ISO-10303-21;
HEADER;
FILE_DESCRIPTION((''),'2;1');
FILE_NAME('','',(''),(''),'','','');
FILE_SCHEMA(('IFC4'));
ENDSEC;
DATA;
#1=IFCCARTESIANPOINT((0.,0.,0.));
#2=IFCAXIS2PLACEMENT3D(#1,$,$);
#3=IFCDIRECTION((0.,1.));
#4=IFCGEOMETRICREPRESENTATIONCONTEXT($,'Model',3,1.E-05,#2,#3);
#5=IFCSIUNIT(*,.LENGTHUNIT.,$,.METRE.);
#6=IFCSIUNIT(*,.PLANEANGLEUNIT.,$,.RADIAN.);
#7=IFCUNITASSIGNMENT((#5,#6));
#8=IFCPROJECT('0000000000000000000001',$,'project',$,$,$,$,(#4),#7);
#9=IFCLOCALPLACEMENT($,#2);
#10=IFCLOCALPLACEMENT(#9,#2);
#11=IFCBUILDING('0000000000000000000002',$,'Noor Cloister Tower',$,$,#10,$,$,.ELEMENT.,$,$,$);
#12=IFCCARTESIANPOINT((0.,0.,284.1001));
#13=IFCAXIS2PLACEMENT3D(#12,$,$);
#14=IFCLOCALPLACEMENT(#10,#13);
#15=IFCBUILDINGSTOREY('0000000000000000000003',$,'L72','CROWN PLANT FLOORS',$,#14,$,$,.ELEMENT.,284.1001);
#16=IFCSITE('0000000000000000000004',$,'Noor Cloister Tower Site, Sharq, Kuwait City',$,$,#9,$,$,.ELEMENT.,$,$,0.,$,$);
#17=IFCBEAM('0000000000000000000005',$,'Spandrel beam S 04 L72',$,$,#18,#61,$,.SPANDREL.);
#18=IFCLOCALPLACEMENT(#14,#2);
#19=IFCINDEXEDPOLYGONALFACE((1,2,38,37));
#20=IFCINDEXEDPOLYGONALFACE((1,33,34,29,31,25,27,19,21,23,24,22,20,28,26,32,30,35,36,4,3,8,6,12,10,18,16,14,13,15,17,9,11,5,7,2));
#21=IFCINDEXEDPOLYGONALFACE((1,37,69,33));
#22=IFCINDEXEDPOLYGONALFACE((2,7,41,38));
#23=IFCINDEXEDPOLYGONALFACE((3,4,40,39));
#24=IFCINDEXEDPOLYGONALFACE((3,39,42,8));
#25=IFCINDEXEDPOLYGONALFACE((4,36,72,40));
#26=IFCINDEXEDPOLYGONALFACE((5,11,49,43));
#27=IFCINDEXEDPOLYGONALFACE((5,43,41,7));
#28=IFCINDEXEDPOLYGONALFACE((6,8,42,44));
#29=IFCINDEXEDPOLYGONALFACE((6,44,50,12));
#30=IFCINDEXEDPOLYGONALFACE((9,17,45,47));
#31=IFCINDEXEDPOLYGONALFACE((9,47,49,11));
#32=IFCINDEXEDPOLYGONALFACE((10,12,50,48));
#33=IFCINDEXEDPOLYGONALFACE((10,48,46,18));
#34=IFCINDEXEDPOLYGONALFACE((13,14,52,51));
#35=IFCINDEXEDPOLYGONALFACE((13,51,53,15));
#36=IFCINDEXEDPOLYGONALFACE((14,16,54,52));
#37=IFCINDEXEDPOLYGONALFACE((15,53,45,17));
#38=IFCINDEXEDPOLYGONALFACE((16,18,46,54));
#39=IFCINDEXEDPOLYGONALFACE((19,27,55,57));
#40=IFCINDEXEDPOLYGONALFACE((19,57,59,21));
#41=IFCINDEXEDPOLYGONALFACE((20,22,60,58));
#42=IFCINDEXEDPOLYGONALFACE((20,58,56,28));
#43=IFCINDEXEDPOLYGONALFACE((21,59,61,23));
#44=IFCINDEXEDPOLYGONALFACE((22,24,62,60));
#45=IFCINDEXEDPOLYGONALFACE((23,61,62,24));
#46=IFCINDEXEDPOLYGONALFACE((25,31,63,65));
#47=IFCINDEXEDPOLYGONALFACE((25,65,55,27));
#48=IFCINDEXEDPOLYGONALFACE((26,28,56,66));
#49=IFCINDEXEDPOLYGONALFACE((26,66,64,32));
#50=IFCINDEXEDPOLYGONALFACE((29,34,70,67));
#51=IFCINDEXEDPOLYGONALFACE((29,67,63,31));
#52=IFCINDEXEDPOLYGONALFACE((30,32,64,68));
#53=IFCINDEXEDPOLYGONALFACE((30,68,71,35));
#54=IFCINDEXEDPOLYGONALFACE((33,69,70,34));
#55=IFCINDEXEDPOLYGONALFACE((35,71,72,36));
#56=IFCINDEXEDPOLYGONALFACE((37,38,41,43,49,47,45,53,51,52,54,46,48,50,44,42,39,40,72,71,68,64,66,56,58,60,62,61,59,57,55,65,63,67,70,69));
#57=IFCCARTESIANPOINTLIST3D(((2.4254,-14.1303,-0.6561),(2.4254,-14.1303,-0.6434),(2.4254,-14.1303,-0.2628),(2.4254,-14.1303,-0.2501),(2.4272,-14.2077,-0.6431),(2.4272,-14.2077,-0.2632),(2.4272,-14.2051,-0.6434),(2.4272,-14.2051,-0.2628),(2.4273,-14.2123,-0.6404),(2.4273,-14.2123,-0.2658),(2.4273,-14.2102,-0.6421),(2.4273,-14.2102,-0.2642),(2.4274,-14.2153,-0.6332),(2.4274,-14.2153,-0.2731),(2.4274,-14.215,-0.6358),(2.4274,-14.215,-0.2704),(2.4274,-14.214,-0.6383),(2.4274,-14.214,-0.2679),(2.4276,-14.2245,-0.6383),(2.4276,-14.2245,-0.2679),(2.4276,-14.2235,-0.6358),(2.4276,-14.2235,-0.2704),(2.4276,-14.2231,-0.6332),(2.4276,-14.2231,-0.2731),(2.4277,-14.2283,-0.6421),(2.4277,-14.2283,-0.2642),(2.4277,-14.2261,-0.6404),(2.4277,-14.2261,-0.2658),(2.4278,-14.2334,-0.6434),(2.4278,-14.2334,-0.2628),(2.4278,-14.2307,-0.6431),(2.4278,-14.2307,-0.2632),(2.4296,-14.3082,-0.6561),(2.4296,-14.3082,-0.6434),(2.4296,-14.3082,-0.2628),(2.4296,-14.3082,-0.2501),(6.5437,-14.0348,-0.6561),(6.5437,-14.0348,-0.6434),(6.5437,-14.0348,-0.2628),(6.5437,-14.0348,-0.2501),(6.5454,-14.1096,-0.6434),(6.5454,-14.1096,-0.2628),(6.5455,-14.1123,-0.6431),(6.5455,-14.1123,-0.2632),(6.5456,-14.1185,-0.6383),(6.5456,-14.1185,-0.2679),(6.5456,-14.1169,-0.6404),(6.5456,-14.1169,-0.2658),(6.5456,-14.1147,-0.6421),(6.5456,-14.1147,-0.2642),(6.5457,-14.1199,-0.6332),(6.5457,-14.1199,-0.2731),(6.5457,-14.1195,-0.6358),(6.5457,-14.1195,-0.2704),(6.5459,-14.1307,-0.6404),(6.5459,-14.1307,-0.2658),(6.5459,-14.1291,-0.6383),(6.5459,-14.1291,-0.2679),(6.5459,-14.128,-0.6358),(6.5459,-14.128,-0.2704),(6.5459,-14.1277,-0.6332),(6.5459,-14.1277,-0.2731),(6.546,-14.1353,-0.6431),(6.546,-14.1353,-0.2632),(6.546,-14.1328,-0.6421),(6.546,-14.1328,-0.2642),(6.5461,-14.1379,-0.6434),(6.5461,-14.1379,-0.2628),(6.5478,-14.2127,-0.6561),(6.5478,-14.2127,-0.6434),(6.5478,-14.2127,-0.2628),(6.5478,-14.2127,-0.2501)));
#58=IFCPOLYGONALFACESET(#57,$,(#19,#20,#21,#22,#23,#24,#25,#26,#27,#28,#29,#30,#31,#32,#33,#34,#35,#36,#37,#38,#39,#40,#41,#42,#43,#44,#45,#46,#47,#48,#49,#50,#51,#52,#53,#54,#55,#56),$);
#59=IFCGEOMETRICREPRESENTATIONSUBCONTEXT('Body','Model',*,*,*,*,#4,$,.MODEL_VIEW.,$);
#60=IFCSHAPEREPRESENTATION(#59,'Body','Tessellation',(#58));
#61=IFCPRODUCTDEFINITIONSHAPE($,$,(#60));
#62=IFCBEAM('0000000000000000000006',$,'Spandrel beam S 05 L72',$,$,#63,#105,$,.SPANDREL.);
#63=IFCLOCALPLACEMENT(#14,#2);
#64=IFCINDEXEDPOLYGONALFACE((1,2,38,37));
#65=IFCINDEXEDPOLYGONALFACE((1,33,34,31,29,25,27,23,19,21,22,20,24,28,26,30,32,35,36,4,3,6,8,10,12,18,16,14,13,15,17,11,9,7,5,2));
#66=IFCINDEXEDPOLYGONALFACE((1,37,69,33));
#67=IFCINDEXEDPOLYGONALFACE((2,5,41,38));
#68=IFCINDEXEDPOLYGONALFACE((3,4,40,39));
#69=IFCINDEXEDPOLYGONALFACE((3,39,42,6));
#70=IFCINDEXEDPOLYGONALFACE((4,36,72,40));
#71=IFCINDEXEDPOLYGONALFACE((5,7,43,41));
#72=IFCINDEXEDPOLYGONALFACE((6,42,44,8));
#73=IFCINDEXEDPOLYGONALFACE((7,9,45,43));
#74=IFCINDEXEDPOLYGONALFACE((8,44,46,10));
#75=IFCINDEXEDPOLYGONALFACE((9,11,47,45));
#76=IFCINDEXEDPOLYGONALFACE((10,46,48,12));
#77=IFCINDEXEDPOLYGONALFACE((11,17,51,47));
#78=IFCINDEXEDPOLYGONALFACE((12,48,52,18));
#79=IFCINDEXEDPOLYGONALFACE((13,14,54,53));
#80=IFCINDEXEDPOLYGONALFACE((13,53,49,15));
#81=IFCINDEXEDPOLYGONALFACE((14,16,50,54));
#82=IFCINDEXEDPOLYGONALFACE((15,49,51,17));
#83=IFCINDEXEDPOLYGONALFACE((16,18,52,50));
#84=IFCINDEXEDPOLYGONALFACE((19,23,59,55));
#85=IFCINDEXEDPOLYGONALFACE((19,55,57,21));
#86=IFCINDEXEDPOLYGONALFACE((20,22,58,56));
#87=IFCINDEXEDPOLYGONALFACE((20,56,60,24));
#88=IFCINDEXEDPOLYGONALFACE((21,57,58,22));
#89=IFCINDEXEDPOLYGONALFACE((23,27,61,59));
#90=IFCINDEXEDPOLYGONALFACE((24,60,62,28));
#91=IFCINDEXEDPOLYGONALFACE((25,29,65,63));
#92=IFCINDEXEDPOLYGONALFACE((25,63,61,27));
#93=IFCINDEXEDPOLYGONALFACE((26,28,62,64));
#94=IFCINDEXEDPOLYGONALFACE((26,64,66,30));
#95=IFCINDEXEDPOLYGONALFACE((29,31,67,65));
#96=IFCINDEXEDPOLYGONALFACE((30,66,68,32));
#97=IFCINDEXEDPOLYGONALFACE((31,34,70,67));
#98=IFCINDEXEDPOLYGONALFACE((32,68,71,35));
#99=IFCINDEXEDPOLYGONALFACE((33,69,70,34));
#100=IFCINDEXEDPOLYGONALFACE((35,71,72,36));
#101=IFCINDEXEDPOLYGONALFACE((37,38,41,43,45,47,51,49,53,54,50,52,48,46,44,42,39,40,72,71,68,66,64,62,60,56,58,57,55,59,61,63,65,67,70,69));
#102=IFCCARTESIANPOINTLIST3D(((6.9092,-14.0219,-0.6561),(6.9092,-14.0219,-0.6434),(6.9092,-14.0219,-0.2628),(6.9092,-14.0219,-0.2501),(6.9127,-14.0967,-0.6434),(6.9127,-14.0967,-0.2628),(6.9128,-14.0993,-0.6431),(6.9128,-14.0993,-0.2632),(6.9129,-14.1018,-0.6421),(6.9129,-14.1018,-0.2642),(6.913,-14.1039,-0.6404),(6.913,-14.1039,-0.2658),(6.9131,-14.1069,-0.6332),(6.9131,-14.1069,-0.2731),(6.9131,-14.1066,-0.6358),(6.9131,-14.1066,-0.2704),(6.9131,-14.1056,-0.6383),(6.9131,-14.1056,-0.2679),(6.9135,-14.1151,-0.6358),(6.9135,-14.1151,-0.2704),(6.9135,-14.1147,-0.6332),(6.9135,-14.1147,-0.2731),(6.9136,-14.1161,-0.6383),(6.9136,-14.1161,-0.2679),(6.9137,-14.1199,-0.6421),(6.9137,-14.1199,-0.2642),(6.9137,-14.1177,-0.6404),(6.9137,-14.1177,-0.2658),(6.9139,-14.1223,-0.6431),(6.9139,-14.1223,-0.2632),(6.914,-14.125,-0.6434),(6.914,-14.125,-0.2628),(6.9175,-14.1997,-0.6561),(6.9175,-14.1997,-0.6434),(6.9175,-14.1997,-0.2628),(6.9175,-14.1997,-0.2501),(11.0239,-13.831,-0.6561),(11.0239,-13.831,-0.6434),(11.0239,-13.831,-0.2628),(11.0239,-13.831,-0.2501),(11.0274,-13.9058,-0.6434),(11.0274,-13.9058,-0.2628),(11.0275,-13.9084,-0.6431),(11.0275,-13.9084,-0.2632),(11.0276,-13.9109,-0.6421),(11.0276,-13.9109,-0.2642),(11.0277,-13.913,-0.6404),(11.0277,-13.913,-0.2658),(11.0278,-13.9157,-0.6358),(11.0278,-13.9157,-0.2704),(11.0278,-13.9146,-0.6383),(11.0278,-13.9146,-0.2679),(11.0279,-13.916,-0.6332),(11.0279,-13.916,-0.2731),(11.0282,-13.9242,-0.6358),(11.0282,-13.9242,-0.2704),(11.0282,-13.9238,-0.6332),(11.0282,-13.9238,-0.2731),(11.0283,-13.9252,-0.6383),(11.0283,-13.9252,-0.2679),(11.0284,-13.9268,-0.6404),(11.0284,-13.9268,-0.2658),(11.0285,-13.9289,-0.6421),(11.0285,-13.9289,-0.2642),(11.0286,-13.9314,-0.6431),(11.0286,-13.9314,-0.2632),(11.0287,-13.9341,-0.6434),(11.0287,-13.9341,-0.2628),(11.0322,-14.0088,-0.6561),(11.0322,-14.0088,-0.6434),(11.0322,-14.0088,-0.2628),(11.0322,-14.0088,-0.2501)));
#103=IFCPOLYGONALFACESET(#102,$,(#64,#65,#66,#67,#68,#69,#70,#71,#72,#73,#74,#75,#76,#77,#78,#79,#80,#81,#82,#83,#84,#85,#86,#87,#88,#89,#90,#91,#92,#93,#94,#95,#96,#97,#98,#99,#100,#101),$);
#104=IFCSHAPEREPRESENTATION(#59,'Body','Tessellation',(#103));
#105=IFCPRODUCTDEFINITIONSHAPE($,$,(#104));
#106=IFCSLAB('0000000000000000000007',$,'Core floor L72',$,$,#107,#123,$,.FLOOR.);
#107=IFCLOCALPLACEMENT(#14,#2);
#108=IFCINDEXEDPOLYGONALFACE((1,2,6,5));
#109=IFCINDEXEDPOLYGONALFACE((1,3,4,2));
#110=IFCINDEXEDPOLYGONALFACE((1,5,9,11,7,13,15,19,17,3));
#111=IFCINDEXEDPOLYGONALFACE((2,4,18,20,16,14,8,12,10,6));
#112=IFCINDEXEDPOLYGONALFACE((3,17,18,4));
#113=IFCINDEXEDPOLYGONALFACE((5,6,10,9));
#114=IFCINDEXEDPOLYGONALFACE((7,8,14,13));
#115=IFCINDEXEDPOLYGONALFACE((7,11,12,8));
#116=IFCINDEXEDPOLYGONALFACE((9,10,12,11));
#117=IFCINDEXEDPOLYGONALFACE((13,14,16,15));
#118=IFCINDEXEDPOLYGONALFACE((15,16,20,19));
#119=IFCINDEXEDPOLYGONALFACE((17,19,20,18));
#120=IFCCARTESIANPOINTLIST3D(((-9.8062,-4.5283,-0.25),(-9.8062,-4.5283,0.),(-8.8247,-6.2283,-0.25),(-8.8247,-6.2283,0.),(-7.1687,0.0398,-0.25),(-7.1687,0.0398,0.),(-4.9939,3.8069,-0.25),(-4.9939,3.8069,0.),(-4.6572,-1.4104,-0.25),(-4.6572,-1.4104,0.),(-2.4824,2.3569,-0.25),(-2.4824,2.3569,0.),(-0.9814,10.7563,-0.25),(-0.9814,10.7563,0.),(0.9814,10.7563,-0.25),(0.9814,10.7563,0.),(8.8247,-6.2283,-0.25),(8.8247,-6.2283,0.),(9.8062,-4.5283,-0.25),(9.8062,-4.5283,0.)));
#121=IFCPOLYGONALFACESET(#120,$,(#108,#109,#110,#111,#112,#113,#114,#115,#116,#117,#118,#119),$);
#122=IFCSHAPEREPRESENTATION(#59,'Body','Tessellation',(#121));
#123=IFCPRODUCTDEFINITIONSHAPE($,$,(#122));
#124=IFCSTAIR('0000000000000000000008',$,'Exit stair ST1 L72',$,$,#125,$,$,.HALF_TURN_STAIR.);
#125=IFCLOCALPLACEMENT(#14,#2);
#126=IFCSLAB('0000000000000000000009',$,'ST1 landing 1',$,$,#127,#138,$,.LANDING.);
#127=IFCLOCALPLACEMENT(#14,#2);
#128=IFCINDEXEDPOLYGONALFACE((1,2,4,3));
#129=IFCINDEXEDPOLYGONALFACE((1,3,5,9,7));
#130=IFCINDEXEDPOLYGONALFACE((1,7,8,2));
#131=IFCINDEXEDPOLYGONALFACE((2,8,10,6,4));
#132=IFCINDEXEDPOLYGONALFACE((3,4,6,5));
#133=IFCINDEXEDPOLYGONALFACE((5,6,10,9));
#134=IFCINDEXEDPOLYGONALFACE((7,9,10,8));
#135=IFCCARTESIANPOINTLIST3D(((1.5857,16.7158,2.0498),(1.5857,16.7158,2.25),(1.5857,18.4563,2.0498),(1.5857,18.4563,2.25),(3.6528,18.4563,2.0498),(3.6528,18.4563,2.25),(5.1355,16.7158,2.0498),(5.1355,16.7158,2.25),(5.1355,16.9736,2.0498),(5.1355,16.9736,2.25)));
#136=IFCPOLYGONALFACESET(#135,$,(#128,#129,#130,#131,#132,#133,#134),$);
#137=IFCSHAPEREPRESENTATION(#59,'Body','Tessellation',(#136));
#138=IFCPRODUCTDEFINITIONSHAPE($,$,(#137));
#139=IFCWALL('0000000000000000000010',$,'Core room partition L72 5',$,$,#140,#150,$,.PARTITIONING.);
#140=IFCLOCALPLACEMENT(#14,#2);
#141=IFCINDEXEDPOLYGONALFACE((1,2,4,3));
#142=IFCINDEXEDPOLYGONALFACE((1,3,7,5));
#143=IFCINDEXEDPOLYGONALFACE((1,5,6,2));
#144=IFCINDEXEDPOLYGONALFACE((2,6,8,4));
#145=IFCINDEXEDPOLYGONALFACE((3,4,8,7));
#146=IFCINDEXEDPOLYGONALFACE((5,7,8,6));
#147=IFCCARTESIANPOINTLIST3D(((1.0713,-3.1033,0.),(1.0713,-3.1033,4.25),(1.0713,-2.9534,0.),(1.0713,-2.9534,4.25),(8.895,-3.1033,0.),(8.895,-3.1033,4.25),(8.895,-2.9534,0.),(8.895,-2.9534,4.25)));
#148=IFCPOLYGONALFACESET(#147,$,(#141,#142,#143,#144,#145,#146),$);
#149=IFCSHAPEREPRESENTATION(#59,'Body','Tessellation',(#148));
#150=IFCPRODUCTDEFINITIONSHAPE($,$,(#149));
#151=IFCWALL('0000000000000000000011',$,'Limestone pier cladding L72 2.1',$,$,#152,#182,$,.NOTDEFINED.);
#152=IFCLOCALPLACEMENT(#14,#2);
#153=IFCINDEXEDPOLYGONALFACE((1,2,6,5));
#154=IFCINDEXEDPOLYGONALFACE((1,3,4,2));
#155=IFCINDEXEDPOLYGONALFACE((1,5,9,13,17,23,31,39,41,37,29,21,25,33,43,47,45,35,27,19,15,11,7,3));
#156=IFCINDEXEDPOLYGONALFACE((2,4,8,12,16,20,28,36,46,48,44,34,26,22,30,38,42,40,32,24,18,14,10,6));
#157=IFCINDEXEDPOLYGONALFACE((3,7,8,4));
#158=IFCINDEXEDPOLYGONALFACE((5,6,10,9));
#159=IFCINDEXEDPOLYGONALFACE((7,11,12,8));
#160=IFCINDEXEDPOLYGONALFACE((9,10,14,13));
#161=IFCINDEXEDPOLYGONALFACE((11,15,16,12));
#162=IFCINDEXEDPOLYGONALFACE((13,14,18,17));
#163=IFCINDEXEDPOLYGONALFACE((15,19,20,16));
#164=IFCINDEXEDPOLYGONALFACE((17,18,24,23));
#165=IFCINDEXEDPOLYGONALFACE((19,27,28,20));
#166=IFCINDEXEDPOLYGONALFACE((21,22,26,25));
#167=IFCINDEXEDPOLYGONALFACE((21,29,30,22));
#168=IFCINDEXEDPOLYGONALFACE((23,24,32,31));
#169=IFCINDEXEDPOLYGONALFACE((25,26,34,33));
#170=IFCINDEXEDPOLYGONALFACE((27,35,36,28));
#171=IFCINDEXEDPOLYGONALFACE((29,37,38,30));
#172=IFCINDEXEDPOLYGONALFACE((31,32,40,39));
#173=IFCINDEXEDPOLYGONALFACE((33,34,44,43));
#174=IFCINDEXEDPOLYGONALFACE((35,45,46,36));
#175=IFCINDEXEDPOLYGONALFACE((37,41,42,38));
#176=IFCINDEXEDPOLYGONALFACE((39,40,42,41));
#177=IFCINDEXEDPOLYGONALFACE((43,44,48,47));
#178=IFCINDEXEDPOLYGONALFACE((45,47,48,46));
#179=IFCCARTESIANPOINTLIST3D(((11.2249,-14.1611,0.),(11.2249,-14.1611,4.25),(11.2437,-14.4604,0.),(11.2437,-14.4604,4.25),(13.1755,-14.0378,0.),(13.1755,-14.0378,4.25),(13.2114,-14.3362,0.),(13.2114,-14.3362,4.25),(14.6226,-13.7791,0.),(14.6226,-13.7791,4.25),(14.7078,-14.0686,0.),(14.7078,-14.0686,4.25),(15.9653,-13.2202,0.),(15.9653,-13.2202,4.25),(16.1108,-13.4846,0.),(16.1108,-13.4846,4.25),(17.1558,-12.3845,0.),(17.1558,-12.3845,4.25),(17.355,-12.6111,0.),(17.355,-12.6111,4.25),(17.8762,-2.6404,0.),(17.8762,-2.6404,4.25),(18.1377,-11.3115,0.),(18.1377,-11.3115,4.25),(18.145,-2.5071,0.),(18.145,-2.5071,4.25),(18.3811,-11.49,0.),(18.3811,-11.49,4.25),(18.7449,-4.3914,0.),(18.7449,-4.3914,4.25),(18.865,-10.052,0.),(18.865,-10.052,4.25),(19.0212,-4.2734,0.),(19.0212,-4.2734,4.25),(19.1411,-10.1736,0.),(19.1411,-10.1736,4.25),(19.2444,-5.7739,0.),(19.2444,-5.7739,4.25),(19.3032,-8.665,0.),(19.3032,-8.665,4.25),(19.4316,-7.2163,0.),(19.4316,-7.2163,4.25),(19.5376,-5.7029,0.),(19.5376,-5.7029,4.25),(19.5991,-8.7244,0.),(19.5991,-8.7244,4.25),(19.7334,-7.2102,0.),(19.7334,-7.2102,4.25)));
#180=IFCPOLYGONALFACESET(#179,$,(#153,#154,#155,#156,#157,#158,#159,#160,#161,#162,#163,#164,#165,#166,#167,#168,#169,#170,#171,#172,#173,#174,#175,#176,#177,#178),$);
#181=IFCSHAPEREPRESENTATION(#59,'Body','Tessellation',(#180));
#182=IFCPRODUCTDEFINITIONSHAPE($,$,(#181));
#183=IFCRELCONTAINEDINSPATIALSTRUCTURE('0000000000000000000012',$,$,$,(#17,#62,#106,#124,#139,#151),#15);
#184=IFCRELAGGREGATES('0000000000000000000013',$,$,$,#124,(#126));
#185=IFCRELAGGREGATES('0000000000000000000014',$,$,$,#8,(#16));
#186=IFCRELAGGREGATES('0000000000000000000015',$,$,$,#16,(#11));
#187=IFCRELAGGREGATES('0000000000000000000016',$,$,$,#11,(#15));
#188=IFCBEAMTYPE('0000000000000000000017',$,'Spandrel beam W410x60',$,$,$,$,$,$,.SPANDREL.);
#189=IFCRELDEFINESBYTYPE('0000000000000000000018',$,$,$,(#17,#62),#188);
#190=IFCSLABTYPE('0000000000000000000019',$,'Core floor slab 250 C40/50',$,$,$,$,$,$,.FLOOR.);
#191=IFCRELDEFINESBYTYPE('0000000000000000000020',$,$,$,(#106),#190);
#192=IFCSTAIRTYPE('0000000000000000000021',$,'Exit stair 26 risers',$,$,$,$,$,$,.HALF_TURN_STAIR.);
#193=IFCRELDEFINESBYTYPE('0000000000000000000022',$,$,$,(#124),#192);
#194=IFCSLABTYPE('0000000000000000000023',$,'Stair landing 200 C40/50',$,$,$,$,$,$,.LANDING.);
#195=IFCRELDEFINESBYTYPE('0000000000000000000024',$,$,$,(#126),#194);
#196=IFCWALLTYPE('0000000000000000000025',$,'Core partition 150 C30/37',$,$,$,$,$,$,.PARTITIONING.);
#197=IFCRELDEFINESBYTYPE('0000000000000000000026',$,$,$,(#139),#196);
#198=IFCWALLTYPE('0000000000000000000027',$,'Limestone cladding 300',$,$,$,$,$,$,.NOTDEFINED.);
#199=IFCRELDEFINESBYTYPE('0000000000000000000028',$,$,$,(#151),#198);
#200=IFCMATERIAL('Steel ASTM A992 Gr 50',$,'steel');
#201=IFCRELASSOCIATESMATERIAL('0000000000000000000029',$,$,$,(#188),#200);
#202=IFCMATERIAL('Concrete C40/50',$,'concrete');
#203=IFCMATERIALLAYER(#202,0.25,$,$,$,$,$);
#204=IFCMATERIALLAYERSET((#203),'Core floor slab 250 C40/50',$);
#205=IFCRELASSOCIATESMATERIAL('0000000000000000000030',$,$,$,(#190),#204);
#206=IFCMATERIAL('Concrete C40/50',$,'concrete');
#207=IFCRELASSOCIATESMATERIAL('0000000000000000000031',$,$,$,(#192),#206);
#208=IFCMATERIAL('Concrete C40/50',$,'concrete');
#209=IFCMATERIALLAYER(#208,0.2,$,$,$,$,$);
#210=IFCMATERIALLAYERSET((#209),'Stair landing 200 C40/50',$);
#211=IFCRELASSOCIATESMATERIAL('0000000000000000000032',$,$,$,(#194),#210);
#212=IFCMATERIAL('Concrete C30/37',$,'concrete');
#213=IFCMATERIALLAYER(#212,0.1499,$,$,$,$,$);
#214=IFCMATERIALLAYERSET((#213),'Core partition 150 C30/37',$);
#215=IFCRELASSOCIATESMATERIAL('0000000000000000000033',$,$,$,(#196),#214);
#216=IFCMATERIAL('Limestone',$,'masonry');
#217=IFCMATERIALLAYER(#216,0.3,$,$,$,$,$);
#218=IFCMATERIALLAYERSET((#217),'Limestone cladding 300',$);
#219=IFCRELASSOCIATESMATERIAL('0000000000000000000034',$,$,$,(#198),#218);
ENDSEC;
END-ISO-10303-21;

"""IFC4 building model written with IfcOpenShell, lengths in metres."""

from ifc_helpers import new_model, si_unit, direction, frame, frame_2d, origin, origin_2d, place, context, subcontext, project, spatial, polyline, rectangle, i_section, outline, extrude, material, layer, layer_set, material_profile, profile_set, type_object, element, aggregate, save


model = new_model("IFC4")

# Units and contexts
model_context = context("Model", 3, precision=1e-05, world=origin(), true_north=direction((0.0, 1.0)))
body_context = subcontext(model_context, "Body", "Model", "MODEL_VIEW")
ifc_project = project(units=[si_unit("LENGTHUNIT", "METRE"), si_unit("PLANEANGLEUNIT", "RADIAN")], contexts=[model_context])

# Site, building, storey
site_placement = place(None, origin())
site = spatial("IfcSite", under=ifc_project, at=site_placement, Name="Noor Cloister Tower Site, Sharq, Kuwait City", CompositionType="ELEMENT", RefElevation=0.0)
building_placement = place(site_placement, origin())
building = spatial("IfcBuilding", under=site, at=building_placement, Name="Noor Cloister Tower", CompositionType="ELEMENT")
storey_placement = place(building_placement, frame((0.0, 0.0, 284.1001)))
storey = spatial("IfcBuildingStorey", under=building, at=storey_placement, Name="L72", Description="CROWN PLANT FLOORS", CompositionType="ELEMENT", Elevation=284.1001)

# Beams
ifc_material_1 = material(Name="Steel ASTM A992 Gr 50", Category="steel")
ifc_material_profile_1 = material_profile(ifc_material_1, i_section(OverallWidth=0.178, OverallDepth=0.406, WebThickness=0.0078, FlangeThickness=0.0127, FilletRadius=0.0103, at=origin_2d()), Name="W410x60")
ifc_profile_set_1 = profile_set([ifc_material_profile_1], Name="Steel ASTM A992 Gr 50")
beam_type_1 = type_object("IfcBeamType", Name="Spandrel beam W410x60", PredefinedType="SPANDREL", material=ifc_profile_set_1)
beam_1_placement = place(storey_placement, frame((2.4275, -14.2192, -0.4531), z_axis=(0.999731, 0.023174, 0.0), x_axis=(-0.023174, 0.999731, 0.0)))
element("IfcBeam", 1, at=beam_1_placement, inside=storey, type_object=beam_type_1, Name="Spandrel beam S 04 L72", PredefinedType="SPANDREL", context=body_context, shape_type="SweptSolid", body=[
    extrude(i_section(OverallWidth=0.178, OverallDepth=0.406, WebThickness=0.0078, FlangeThickness=0.0127, FilletRadius=0.0103, at=origin_2d()), origin(), (0.0, 0.0, 1.0), 4.1194),
])
beam_2_placement = place(storey_placement, frame((6.9133, -14.1108, -0.4531), z_axis=(0.998925, 0.046349, 0.0), x_axis=(-0.046349, 0.998925, 0.0)))
element("IfcBeam", 2, at=beam_2_placement, inside=storey, type_object=beam_type_1, Name="Spandrel beam S 05 L72", PredefinedType="SPANDREL", context=body_context, shape_type="SweptSolid", body=[
    extrude(i_section(OverallWidth=0.178, OverallDepth=0.406, WebThickness=0.0078, FlangeThickness=0.0127, FilletRadius=0.0103, at=origin_2d()), origin(), (0.0, 0.0, 1.0), 4.1191),
])

# Slab
ifc_material_2 = material(Name="Concrete C40/50", Category="concrete")
ifc_layer_1 = layer(ifc_material_2, 0.25)
ifc_layer_set_1 = layer_set([ifc_layer_1], Name="Core floor slab 250 C40/50")
slab_type_1 = type_object("IfcSlabType", Name="Core floor slab 250 C40/50", PredefinedType="FLOOR", material=ifc_layer_set_1)
slab_1_placement = place(storey_placement, frame((0.0, 0.0, -0.25)))
element("IfcSlab", 3, at=slab_1_placement, inside=storey, type_object=slab_type_1, Name="Core floor L72", PredefinedType="FLOOR", context=body_context, shape_type="SweptSolid", body=[
    extrude(outline(polyline([(-4.9939, 3.8069), (-2.4824, 2.3569), (-4.6572, -1.4104), (-7.1687, 0.0398), (-9.8062, -4.5283), (-8.8247, -6.2283), (8.8247, -6.2283), (9.8062, -4.5283), (0.9814, 10.7563), (-0.9814, 10.7563), (-4.9939, 3.8069)])), origin(), (0.0, 0.0, 1.0), 0.25),
])

# Stair, slab
ifc_material_3 = material(Name="Concrete C40/50", Category="concrete")
stair_type = type_object("IfcStairType", Name="Exit stair 26 risers", PredefinedType="HALF_TURN_STAIR", material=ifc_material_3)
stair_placement = place(storey_placement, origin())
stair = element("IfcStair", 4, at=stair_placement, inside=storey, type_object=stair_type, Name="Exit stair ST1 L72", PredefinedType="HALF_TURN_STAIR")
ifc_material_4 = material(Name="Concrete C40/50", Category="concrete")
ifc_layer_2 = layer(ifc_material_4, 0.2)
ifc_layer_set_2 = layer_set([ifc_layer_2], Name="Stair landing 200 C40/50")
slab_type_2 = type_object("IfcSlabType", Name="Stair landing 200 C40/50", PredefinedType="LANDING", material=ifc_layer_set_2)
slab_2_placement = place(storey_placement, frame((0.0, 0.0, 2.0498)))
slab_2 = element("IfcSlab", 5, at=slab_2_placement, type_object=slab_type_2, Name="ST1 landing 1", PredefinedType="LANDING", context=body_context, shape_type="SweptSolid", body=[
    extrude(outline(polyline([(5.1355, 16.7158), (5.1355, 16.9736), (3.6528, 18.4563), (1.5857, 18.4563), (1.5857, 16.7158), (5.1355, 16.7158)])), origin(), (0.0, 0.0, 1.0), 0.2002),
])
aggregate(stair, [slab_2])

# Walls
ifc_material_5 = material(Name="Concrete C30/37", Category="concrete")
ifc_layer_3 = layer(ifc_material_5, 0.1499)
ifc_layer_set_3 = layer_set([ifc_layer_3], Name="Core partition 150 C30/37")
wall_type_1 = type_object("IfcWallType", Name="Core partition 150 C30/37", PredefinedType="PARTITIONING", material=ifc_layer_set_3)
wall_1_placement = place(storey_placement, frame((1.0713, -3.0283, 0.0), z_axis=(0.0, 0.0, 1.0), x_axis=(1.0, 0.0, 0.0)))
element("IfcWall", 6, at=wall_1_placement, inside=storey, type_object=wall_type_1, Name="Core room partition L72 5", PredefinedType="PARTITIONING", context=body_context, shape_type="SweptSolid", body=[
    extrude(rectangle(XDim=7.8237, YDim=0.1499, at=frame_2d((3.9119, 0.0))), origin(), (0.0, 0.0, 1.0), 4.25),
])
ifc_material_6 = material(Name="Limestone", Category="masonry")
ifc_layer_4 = layer(ifc_material_6, 0.3)
ifc_layer_set_4 = layer_set([ifc_layer_4], Name="Limestone cladding 300")
wall_type_2 = type_object("IfcWallType", Name="Limestone cladding 300", PredefinedType="NOTDEFINED", material=ifc_layer_set_4)
wall_2_placement = place(storey_placement, origin())
element("IfcWall", 7, at=wall_2_placement, inside=storey, type_object=wall_type_2, Name="Limestone pier cladding L72 2.1", PredefinedType="NOTDEFINED", context=body_context, shape_type="SweptSolid", body=[
    extrude(outline(polyline([(11.2437, -14.4604), (13.2114, -14.3362), (14.7078, -14.0686), (16.1108, -13.4846), (17.355, -12.6111), (18.3811, -11.49), (19.1411, -10.1736), (19.5991, -8.7244), (19.7334, -7.2102), (19.5376, -5.7029), (19.0212, -4.2734), (18.145, -2.5071), (17.8762, -2.6404), (18.7449, -4.3914), (19.2444, -5.7739), (19.4316, -7.2163), (19.3032, -8.665), (18.865, -10.052), (18.1377, -11.3115), (17.1558, -12.3845), (15.9653, -13.2202), (14.6226, -13.7791), (13.1755, -14.0378), (11.2249, -14.1611), (11.2437, -14.4604)])), origin(), (0.0, 0.0, 1.0), 4.25),
])

save(model, "model.ifc")
